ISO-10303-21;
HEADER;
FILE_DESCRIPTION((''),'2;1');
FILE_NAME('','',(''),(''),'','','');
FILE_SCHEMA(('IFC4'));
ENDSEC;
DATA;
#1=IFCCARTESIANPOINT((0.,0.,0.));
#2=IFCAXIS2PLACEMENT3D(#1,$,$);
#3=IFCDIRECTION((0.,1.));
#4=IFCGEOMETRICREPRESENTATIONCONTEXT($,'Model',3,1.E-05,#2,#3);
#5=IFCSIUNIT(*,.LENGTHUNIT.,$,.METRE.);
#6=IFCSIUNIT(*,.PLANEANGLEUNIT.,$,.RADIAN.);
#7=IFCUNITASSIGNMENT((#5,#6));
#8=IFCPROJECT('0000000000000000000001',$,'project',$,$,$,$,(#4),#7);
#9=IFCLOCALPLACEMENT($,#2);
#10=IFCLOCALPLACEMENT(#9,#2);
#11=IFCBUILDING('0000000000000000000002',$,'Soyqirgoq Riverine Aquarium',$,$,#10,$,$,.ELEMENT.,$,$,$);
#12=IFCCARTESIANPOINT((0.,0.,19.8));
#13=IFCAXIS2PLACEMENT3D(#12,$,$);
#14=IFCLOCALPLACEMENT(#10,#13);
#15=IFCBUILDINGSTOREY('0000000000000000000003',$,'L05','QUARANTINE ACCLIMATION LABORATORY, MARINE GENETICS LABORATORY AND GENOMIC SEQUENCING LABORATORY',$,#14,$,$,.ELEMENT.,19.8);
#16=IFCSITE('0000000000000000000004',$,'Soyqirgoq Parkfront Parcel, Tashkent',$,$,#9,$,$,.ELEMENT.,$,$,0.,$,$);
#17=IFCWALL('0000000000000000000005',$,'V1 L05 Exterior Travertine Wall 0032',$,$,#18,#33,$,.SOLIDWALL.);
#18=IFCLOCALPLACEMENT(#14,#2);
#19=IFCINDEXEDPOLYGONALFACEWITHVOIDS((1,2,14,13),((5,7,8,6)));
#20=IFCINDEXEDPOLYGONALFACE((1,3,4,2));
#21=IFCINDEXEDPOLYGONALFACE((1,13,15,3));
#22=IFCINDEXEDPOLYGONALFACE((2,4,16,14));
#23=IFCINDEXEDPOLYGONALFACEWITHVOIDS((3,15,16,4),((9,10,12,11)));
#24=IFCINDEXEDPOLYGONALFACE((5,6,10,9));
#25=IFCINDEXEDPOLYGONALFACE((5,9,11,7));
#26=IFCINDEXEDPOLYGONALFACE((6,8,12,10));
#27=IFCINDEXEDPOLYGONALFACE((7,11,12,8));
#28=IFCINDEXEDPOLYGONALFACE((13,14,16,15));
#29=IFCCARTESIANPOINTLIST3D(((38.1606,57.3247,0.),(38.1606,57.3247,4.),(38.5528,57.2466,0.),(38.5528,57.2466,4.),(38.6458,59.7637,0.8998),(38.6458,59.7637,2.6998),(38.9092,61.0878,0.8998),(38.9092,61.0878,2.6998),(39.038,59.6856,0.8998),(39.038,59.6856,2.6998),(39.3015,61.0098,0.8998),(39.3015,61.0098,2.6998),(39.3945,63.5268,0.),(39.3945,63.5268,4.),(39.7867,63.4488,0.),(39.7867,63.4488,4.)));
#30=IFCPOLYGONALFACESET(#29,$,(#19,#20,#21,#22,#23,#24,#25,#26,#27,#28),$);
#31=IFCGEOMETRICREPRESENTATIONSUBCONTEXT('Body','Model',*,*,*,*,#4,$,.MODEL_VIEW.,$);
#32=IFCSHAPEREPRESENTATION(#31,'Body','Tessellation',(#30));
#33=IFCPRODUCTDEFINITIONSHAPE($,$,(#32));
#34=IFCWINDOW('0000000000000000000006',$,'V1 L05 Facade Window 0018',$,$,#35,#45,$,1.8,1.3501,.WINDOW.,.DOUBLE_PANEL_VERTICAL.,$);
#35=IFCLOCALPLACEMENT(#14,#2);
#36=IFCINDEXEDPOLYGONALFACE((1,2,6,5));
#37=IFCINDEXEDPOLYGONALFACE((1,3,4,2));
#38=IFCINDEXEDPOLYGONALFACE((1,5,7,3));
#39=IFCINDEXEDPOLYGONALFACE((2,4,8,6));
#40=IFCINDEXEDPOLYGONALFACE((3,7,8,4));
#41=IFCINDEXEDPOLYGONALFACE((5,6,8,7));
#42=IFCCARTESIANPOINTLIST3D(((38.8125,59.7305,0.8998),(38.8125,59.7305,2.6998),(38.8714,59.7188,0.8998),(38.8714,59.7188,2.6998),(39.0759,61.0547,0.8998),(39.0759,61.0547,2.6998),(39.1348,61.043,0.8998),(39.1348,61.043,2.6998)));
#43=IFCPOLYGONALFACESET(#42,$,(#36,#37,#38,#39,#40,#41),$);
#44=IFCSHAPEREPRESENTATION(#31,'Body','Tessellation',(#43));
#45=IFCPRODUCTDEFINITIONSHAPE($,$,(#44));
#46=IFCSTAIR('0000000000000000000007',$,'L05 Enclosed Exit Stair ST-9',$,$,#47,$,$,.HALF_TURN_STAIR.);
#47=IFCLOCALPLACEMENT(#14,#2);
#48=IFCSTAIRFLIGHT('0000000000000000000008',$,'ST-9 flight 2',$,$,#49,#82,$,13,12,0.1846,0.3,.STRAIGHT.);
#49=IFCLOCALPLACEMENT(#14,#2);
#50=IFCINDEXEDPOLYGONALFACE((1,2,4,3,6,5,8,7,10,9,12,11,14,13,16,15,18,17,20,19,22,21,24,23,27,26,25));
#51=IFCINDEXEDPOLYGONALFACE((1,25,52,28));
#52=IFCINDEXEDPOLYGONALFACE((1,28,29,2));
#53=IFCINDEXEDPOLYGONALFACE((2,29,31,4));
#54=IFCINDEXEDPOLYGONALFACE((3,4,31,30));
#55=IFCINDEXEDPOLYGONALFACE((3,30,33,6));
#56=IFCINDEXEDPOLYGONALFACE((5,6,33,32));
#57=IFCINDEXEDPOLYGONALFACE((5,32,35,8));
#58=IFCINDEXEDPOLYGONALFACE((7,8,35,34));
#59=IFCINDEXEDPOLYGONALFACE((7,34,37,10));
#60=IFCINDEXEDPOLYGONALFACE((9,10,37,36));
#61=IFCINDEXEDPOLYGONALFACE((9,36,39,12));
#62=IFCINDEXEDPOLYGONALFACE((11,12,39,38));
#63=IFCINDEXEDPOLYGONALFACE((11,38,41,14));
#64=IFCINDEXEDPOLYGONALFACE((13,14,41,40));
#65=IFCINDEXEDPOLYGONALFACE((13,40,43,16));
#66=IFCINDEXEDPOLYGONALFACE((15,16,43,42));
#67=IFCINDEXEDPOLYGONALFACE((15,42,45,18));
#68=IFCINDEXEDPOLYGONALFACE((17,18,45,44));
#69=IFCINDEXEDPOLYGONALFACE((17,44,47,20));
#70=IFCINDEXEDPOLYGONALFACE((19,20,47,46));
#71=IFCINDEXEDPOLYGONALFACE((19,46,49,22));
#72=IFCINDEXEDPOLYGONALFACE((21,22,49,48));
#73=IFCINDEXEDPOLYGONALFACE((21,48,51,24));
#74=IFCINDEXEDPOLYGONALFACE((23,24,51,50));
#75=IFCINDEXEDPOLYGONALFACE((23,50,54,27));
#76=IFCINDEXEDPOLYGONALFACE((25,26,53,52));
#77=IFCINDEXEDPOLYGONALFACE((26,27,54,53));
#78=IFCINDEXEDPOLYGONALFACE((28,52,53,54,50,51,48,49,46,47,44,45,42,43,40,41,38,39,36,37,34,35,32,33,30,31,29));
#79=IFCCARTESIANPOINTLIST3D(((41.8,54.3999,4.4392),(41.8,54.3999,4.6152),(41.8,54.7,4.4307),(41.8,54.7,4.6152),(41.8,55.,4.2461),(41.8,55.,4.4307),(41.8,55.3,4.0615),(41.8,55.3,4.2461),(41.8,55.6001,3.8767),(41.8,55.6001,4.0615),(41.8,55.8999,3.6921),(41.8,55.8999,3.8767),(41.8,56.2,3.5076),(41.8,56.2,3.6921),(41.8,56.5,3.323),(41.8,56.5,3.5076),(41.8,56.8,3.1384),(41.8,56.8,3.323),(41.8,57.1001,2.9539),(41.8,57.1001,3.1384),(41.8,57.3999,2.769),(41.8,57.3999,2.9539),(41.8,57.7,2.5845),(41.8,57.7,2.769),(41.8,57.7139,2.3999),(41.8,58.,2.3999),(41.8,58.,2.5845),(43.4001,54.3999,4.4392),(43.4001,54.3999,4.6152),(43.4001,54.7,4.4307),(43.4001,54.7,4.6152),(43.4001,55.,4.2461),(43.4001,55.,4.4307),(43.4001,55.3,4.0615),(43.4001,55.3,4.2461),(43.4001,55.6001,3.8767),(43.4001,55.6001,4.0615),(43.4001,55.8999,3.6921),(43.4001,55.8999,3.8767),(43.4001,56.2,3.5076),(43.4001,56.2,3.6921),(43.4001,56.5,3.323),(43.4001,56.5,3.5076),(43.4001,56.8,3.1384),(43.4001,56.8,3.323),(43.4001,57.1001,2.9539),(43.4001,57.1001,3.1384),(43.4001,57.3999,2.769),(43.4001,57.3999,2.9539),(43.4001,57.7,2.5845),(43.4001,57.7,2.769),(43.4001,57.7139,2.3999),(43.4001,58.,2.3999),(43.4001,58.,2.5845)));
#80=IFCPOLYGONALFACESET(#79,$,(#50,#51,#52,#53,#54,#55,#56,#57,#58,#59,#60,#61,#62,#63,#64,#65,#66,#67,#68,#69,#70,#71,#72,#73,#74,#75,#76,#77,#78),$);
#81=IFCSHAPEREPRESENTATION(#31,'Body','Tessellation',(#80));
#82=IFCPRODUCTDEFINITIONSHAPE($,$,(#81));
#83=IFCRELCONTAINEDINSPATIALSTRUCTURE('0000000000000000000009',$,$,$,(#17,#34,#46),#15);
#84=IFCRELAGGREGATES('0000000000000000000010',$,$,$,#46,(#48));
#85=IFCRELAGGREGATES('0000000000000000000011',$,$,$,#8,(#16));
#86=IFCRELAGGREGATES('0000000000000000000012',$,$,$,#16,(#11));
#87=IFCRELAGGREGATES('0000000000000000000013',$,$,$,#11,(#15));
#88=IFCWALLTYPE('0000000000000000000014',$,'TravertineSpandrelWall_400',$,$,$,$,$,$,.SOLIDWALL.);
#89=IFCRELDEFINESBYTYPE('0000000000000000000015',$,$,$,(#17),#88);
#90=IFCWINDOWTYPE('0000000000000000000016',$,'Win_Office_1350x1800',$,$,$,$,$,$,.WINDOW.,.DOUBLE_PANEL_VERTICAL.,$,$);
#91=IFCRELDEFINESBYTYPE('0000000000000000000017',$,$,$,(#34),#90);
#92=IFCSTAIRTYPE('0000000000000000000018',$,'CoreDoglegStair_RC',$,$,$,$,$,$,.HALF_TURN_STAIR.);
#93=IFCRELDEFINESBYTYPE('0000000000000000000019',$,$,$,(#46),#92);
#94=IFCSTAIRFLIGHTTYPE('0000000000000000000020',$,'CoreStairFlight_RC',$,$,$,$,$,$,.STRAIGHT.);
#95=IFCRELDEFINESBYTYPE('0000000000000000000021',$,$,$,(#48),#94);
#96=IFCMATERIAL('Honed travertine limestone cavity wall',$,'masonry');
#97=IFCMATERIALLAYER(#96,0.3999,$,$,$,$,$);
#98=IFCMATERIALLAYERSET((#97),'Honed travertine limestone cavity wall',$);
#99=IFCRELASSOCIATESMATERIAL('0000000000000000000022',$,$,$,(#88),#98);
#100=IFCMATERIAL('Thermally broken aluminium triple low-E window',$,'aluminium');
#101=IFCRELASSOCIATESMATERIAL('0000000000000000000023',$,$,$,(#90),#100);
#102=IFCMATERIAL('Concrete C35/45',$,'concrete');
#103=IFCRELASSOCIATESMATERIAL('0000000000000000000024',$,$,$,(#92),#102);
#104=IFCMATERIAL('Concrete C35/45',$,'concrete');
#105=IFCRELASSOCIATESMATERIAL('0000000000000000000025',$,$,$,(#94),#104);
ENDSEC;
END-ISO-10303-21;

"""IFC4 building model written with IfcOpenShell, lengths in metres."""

from ifc_helpers import new_model, si_unit, direction, frame, frame_2d, origin, place, context, subcontext, project, spatial, polyline, rectangle, outline, extrude, material, layer, layer_set, type_object, element, fill, aggregate, save


model = new_model("IFC4")

# Units and contexts
model_context = context("Model", 3, precision=1e-05, world=origin(), true_north=direction((0.0, 1.0)))
body_context = subcontext(model_context, "Body", "Model", "MODEL_VIEW")
ifc_project = project(units=[si_unit("LENGTHUNIT", "METRE"), si_unit("PLANEANGLEUNIT", "RADIAN")], contexts=[model_context])

# Site, building, storey
site_placement = place(None, origin())
site = spatial("IfcSite", under=ifc_project, at=site_placement, Name="Soyqirgoq Parkfront Parcel, Tashkent", CompositionType="ELEMENT", RefElevation=0.0)
building_placement = place(site_placement, origin())
building = spatial("IfcBuilding", under=site, at=building_placement, Name="Soyqirgoq Riverine Aquarium", CompositionType="ELEMENT")
storey_placement = place(building_placement, frame((0.0, 0.0, 19.8)))
storey = spatial("IfcBuildingStorey", under=building, at=storey_placement, Name="L05", Description="QUARANTINE ACCLIMATION LABORATORY, MARINE GENETICS LABORATORY AND GENOMIC SEQUENCING LABORATORY", CompositionType="ELEMENT", Elevation=19.8)

# Wall, opening, window
ifc_material_1 = material(Name="Honed travertine limestone cavity wall", Category="masonry")
ifc_layer_1 = layer(ifc_material_1, 0.3999)
ifc_layer_set_1 = layer_set([ifc_layer_1], Name="Honed travertine limestone cavity wall")
wall_type_1 = type_object("IfcWallType", Name="TravertineSpandrelWall_400", PredefinedType="SOLIDWALL", material=ifc_layer_set_1)
wall_1_placement = place(storey_placement, frame((38.3567, 57.2856, 0.0), z_axis=(0.0, 0.0, 1.0), x_axis=(0.195121, 0.980779, 0.0)))
wall_1 = element("IfcWall", 1, at=wall_1_placement, inside=storey, type_object=wall_type_1, Name="V1 L05 Exterior Travertine Wall 0032", PredefinedType="SOLIDWALL", context=body_context, shape_type="SweptSolid", body=[
    extrude(rectangle(XDim=6.3237, YDim=0.3999, at=frame_2d((3.1619, 0.0))), origin(), (0.0, 0.0, 1.0), 4.0),
])
opening_placement = place(wall_1_placement, frame((2.4868, 0.0, 0.8999)))
opening = element("IfcOpeningElement", 2, at=opening_placement, cuts=wall_1, PredefinedType="OPENING", context=body_context, shape_type="SweptSolid", body=[
    extrude(rectangle(XDim=1.3501, YDim=1.8, at=frame_2d((0.675, 0.8999))), frame((0.0, 0.21, 0.0), z_axis=(0.0, -1.0, 0.0), x_axis=(1.0, 0.0, 0.0)), (0.0, 0.0, 1.0), 0.4199),
])
ifc_material_2 = material(Name="Thermally broken aluminium triple low-E window", Category="aluminium")
window_type = type_object("IfcWindowType", Name="Win_Office_1350x1800", PartitioningType="DOUBLE_PANEL_VERTICAL", PredefinedType="WINDOW", material=ifc_material_2)
window_placement = place(opening_placement, origin())
window = element("IfcWindow", 3, at=window_placement, inside=storey, type_object=window_type, Name="V1 L05 Facade Window 0018", OverallHeight=1.8, OverallWidth=1.3501, PartitioningType="DOUBLE_PANEL_VERTICAL", PredefinedType="WINDOW", context=body_context, shape_type="SweptSolid", body=[
    extrude(rectangle(XDim=1.3501, YDim=1.8, at=frame_2d((0.675, 0.8999))), frame((0.0, 0.03, 0.0), z_axis=(0.0, -1.0, 0.0), x_axis=(1.0, 0.0, 0.0)), (0.0, 0.0, 1.0), 0.0601),
])
fill(opening, window)

# Stair, stair flight
ifc_material_3 = material(Name="Concrete C35/45", Category="concrete")
stair_type = type_object("IfcStairType", Name="CoreDoglegStair_RC", PredefinedType="HALF_TURN_STAIR", material=ifc_material_3)
stair_placement = place(storey_placement, origin())
stair = element("IfcStair", 4, at=stair_placement, inside=storey, type_object=stair_type, Name="L05 Enclosed Exit Stair ST-9", PredefinedType="HALF_TURN_STAIR")
ifc_material_4 = material(Name="Concrete C35/45", Category="concrete")
stair_flight_type = type_object("IfcStairFlightType", Name="CoreStairFlight_RC", PredefinedType="STRAIGHT", material=ifc_material_4)
stair_flight_placement = place(storey_placement, frame((42.6001, 58.0, 2.3999), z_axis=(0.0, 0.0, 1.0), x_axis=(0.0, -1.0, 0.0)))
stair_flight = element("IfcStairFlight", 5, at=stair_flight_placement, type_object=stair_flight_type, Name="ST-9 flight 2", NumberOfRisers=13, NumberOfTreads=12, PredefinedType="STRAIGHT", RiserHeight=0.1846, TreadLength=0.3, context=body_context, shape_type="SweptSolid", body=[
    extrude(outline(polyline([(0.0, 0.0), (0.0, 0.1846), (0.3, 0.1846), (0.3, 0.3691), (0.6001, 0.3691), (0.6001, 0.554), (0.8999, 0.554), (0.8999, 0.7385), (1.2, 0.7385), (1.2, 0.9231), (1.5, 0.9231), (1.5, 1.1077), (1.8, 1.1077), (1.8, 1.2922), (2.1001, 1.2922), (2.1001, 1.4768), (2.3999, 1.4768), (2.3999, 1.6616), (2.7, 1.6616), (2.7, 1.8462), (3.0, 1.8462), (3.0, 2.0308), (3.3, 2.0308), (3.3, 2.2153), (3.6001, 2.2153), (3.6001, 2.3999), (3.6001, 2.0393), (0.2861, 0.0), (0.0, 0.0)])), frame((0.0, 0.8, 0.0), z_axis=(0.0, -1.0, 0.0), x_axis=(1.0, 0.0, 0.0)), (0.0, 0.0, 1.0), 1.6001),
])
aggregate(stair, [stair_flight])

save(model, "model.ifc")
